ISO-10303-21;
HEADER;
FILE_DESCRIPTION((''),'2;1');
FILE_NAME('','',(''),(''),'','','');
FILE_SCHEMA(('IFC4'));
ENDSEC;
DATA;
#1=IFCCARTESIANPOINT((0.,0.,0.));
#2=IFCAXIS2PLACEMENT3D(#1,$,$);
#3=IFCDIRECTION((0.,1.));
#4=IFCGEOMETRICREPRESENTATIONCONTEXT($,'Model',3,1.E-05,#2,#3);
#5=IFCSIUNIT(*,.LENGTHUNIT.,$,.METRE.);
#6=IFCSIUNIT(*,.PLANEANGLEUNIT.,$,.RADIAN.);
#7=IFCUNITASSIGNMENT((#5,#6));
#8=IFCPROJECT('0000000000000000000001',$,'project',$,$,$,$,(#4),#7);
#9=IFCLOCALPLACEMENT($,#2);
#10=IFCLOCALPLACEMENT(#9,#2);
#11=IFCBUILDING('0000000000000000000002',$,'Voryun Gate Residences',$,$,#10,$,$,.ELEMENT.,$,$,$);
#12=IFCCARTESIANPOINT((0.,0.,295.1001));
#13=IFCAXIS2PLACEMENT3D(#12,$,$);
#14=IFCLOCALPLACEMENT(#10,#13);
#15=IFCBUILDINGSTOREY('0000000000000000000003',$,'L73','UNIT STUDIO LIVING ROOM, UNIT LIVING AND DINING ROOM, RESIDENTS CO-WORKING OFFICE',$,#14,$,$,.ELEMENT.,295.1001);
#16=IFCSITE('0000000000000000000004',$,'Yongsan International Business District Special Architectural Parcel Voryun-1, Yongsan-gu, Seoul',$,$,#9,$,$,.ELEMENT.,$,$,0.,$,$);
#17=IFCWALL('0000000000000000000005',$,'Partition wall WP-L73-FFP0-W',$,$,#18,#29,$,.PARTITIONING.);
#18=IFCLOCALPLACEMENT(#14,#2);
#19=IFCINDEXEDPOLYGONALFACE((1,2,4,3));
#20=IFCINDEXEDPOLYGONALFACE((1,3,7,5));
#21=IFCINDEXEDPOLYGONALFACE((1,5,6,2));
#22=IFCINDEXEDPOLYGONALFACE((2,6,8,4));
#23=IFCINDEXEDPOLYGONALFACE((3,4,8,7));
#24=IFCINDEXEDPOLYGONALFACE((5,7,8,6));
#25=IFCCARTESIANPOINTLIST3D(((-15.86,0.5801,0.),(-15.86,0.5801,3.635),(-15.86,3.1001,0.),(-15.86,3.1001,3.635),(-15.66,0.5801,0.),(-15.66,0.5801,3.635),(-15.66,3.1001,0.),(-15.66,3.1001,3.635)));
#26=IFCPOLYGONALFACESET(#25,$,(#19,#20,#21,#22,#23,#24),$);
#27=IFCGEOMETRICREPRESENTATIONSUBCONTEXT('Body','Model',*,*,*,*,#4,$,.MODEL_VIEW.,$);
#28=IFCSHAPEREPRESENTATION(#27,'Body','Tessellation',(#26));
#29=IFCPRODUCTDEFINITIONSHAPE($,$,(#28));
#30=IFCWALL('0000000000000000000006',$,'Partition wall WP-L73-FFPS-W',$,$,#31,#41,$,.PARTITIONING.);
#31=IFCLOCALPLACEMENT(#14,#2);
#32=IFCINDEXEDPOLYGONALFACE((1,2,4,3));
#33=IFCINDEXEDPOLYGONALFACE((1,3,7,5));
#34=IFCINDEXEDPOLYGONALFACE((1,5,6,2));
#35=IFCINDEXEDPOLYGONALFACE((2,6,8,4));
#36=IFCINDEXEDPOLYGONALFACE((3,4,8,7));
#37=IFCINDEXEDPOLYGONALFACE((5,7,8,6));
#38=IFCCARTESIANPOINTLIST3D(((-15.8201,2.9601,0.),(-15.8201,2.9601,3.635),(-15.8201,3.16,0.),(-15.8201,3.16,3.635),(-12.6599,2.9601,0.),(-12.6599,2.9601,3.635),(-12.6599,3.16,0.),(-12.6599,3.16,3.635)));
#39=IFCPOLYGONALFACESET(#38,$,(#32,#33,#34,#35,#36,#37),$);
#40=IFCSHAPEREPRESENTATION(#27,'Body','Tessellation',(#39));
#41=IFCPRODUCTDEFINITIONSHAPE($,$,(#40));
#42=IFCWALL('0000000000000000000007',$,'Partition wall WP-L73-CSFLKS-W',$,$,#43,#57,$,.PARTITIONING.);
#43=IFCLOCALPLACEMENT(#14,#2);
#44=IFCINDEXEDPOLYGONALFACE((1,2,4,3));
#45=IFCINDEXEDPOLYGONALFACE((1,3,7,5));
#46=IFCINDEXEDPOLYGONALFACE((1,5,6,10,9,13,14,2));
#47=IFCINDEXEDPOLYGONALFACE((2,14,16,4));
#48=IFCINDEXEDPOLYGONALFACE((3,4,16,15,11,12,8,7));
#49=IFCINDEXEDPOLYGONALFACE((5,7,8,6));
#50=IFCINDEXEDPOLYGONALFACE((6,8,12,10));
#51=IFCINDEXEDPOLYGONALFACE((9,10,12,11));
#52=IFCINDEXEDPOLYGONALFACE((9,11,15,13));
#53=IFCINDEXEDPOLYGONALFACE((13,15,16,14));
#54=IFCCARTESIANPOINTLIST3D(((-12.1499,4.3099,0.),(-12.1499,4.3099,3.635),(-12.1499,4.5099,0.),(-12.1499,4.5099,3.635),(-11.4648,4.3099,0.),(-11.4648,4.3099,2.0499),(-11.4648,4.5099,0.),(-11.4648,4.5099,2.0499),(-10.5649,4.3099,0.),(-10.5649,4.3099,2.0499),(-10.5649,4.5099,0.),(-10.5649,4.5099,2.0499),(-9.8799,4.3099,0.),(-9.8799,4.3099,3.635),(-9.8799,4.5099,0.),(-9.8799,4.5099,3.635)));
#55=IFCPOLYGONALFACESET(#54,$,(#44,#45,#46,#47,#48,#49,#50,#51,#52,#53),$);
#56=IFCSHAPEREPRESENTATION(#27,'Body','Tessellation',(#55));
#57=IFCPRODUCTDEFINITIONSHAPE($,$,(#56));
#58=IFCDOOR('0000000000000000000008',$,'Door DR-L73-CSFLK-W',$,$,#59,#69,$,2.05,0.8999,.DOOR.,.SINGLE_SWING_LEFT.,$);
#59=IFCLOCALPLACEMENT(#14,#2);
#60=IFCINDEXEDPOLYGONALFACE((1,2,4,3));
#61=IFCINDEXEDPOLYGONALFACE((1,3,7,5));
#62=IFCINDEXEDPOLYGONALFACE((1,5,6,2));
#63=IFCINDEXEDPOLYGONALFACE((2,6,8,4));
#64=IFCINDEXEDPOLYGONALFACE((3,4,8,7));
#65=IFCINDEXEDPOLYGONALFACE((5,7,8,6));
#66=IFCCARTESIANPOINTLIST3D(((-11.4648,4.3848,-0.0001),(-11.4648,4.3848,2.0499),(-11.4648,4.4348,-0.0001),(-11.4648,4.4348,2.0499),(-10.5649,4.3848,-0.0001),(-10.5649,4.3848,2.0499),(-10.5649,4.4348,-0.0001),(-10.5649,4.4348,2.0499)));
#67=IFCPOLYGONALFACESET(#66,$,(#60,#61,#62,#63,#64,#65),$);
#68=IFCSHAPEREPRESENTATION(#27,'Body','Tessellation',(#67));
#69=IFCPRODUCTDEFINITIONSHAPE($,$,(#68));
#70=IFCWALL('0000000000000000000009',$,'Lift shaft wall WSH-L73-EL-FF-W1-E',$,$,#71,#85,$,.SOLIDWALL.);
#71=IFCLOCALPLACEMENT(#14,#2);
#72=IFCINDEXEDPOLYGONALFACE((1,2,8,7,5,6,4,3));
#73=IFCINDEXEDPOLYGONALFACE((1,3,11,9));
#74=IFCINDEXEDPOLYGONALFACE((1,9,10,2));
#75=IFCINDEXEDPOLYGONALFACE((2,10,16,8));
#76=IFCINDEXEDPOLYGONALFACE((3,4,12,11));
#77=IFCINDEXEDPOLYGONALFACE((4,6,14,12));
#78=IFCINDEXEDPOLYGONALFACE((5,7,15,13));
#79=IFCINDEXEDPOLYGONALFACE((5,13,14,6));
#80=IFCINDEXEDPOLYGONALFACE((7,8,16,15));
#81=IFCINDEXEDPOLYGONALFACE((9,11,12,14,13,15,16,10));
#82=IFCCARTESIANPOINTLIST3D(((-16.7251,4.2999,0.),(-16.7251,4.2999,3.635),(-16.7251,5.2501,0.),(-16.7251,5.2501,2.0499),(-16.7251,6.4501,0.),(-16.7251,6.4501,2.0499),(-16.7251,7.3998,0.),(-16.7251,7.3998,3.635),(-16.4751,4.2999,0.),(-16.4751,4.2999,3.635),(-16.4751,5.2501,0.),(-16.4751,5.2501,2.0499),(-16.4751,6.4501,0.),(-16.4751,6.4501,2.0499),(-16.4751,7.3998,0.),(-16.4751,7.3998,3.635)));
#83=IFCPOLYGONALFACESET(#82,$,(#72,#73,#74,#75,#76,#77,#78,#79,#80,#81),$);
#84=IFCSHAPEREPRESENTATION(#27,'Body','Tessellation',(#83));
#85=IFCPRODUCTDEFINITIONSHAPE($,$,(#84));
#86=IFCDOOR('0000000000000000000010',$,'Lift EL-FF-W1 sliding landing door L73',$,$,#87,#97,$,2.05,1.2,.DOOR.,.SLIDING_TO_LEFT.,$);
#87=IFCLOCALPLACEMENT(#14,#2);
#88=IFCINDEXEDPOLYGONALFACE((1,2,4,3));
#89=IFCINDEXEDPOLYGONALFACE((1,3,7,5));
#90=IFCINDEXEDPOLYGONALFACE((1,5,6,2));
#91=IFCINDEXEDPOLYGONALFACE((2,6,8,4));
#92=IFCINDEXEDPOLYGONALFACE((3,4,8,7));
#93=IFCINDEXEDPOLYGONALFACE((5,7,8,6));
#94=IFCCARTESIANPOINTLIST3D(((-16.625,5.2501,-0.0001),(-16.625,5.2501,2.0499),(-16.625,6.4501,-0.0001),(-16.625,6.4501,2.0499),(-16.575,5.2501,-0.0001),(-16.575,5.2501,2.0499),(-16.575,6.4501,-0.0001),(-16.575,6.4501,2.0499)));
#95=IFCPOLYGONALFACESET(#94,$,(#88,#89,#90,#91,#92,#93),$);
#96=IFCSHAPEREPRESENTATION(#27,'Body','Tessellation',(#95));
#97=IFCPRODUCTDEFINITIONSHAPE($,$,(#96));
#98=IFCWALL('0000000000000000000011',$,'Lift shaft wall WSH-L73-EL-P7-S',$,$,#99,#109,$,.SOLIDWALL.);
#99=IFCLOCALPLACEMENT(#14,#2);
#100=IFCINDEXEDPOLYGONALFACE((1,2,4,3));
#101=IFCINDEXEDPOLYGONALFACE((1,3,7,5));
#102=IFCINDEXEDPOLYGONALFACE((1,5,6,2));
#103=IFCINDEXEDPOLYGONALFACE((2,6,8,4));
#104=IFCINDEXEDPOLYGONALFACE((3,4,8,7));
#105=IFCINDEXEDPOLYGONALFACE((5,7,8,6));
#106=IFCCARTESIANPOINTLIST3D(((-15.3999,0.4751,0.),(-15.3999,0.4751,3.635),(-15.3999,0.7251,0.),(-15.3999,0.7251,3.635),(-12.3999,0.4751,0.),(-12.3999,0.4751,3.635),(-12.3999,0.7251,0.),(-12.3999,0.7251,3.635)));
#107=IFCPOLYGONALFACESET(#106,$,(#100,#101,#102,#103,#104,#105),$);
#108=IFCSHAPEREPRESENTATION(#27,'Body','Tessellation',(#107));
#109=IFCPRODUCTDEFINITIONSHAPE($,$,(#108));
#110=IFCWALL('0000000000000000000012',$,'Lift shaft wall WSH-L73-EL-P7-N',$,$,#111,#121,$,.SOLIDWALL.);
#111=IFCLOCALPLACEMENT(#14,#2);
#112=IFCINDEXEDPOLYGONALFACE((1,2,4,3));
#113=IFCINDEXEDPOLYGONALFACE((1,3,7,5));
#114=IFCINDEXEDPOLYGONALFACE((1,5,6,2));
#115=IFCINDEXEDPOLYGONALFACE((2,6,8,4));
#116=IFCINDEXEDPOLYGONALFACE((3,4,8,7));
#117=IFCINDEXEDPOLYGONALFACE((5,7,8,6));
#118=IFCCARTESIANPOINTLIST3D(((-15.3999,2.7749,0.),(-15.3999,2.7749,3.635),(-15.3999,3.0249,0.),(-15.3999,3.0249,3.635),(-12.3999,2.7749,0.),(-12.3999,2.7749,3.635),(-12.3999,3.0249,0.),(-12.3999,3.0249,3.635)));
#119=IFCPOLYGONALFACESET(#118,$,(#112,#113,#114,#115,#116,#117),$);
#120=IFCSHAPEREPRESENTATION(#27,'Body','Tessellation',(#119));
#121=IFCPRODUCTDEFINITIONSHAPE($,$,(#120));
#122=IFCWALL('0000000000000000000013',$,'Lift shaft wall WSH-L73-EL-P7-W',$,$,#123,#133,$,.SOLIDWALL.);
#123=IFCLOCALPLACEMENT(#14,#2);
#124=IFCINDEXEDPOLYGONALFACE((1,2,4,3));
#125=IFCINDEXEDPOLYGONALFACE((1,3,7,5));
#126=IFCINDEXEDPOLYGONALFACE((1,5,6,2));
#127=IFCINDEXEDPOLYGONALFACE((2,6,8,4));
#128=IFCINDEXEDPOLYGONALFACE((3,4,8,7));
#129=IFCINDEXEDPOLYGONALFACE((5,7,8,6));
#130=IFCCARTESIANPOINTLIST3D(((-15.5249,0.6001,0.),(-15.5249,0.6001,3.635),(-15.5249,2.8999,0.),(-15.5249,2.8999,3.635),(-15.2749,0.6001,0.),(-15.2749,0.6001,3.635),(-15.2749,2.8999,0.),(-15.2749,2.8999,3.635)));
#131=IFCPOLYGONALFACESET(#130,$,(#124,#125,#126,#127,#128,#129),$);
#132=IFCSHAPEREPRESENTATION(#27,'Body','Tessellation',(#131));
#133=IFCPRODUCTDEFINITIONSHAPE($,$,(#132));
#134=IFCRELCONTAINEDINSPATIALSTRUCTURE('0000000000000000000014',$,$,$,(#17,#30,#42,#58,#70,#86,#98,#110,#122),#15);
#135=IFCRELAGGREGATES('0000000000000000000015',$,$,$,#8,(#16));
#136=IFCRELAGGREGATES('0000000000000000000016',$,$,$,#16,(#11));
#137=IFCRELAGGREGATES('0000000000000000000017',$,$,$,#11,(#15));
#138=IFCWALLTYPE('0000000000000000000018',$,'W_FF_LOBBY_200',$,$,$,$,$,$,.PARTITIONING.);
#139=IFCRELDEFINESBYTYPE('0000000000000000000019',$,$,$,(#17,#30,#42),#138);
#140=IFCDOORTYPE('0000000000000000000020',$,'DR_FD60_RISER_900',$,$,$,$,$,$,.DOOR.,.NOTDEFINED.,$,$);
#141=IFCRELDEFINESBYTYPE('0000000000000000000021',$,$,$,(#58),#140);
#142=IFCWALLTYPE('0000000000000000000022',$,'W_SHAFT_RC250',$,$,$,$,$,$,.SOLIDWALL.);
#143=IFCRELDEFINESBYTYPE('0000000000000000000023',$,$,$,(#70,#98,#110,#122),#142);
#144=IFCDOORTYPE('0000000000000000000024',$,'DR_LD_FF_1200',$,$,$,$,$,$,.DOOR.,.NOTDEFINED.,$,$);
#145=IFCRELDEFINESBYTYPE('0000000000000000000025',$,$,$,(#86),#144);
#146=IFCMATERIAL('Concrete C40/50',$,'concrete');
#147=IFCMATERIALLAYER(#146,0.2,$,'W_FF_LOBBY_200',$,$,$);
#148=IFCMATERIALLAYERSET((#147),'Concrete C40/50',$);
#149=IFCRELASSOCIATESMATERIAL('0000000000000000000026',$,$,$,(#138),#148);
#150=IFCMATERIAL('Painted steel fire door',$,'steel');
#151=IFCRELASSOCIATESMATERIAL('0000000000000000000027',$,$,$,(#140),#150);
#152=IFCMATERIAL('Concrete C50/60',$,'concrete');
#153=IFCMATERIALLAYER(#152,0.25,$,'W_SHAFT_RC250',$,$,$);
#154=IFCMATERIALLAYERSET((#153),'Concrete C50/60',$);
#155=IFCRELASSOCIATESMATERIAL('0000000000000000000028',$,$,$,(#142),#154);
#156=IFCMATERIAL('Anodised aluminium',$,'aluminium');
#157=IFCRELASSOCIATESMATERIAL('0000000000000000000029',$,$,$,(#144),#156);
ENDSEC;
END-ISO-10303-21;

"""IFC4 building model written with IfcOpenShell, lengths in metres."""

from ifc_helpers import new_model, si_unit, direction, frame, frame_2d, origin, place, context, subcontext, project, spatial, rectangle, extrude, material, layer, layer_set, type_object, element, fill, save


model = new_model("IFC4")

# Units and contexts
model_context = context("Model", 3, precision=1e-05, world=origin(), true_north=direction((0.0, 1.0)))
body_context = subcontext(model_context, "Body", "Model", "MODEL_VIEW")
ifc_project = project(units=[si_unit("LENGTHUNIT", "METRE"), si_unit("PLANEANGLEUNIT", "RADIAN")], contexts=[model_context])

# Site, building, storey
site_placement = place(None, origin())
site = spatial("IfcSite", under=ifc_project, at=site_placement, Name="Yongsan International Business District Special Architectural Parcel Voryun-1, Yongsan-gu, Seoul", CompositionType="ELEMENT", RefElevation=0.0)
building_placement = place(site_placement, origin())
building = spatial("IfcBuilding", under=site, at=building_placement, Name="Voryun Gate Residences", CompositionType="ELEMENT")
storey_placement = place(building_placement, frame((0.0, 0.0, 295.1001)))
storey = spatial("IfcBuildingStorey", under=building, at=storey_placement, Name="L73", Description="UNIT STUDIO LIVING ROOM, UNIT LIVING AND DINING ROOM, RESIDENTS CO-WORKING OFFICE", CompositionType="ELEMENT", Elevation=295.1001)

# Walls
ifc_material_1 = material(Name="Concrete C40/50", Category="concrete")
ifc_layer_1 = layer(ifc_material_1, 0.2, Name="W_FF_LOBBY_200")
ifc_layer_set_1 = layer_set([ifc_layer_1], Name="Concrete C40/50")
wall_type_1 = type_object("IfcWallType", Name="W_FF_LOBBY_200", PredefinedType="PARTITIONING", material=ifc_layer_set_1)
wall_1_placement = place(storey_placement, frame((-15.76, 0.5801, 0.0), z_axis=(0.0, 0.0, 1.0), x_axis=(0.0, 1.0, 0.0)))
element("IfcWall", 1, at=wall_1_placement, inside=storey, type_object=wall_type_1, Name="Partition wall WP-L73-FFP0-W", PredefinedType="PARTITIONING", context=body_context, shape_type="SweptSolid", body=[
    extrude(rectangle(XDim=2.52, YDim=0.2, at=frame_2d((1.26, 0.0))), origin(), (0.0, 0.0, 1.0), 3.635),
])
wall_2_placement = place(storey_placement, frame((-15.8201, 3.0601, 0.0), z_axis=(0.0, 0.0, 1.0), x_axis=(1.0, 0.0, 0.0)))
element("IfcWall", 2, at=wall_2_placement, inside=storey, type_object=wall_type_1, Name="Partition wall WP-L73-FFPS-W", PredefinedType="PARTITIONING", context=body_context, shape_type="SweptSolid", body=[
    extrude(rectangle(XDim=3.1602, YDim=0.2, at=frame_2d((1.5801, 0.0))), origin(), (0.0, 0.0, 1.0), 3.635),
])

# Walls, openings, doors
wall_3_placement = place(storey_placement, frame((-12.1499, 4.4099, 0.0), z_axis=(0.0, 0.0, 1.0), x_axis=(1.0, 0.0, 0.0)))
wall_3 = element("IfcWall", 3, at=wall_3_placement, inside=storey, type_object=wall_type_1, Name="Partition wall WP-L73-CSFLKS-W", PredefinedType="PARTITIONING", context=body_context, shape_type="SweptSolid", body=[
    extrude(rectangle(XDim=2.27, YDim=0.2, at=frame_2d((1.135, 0.0))), origin(), (0.0, 0.0, 1.0), 3.635),
])
opening_1_placement = place(wall_3_placement, frame((0.6851, 0.0, 0.0)))
opening_1 = element("IfcOpeningElement", 4, at=opening_1_placement, cuts=wall_3, PredefinedType="OPENING", context=body_context, shape_type="SweptSolid", body=[
    extrude(rectangle(XDim=0.8999, YDim=2.05, at=frame_2d((0.45, 1.0249))), frame((0.0, 0.1101, 0.0), z_axis=(0.0, -1.0, 0.0), x_axis=(1.0, 0.0, 0.0)), (0.0, 0.0, 1.0), 0.22),
])
ifc_material_2 = material(Name="Painted steel fire door", Category="steel")
door_type_1 = type_object("IfcDoorType", Name="DR_FD60_RISER_900", OperationType="NOTDEFINED", PredefinedType="DOOR", material=ifc_material_2)
door_1_placement = place(opening_1_placement, origin())
door_1 = element("IfcDoor", 5, at=door_1_placement, inside=storey, type_object=door_type_1, Name="Door DR-L73-CSFLK-W", OperationType="SINGLE_SWING_LEFT", OverallHeight=2.05, OverallWidth=0.8999, PredefinedType="DOOR", context=body_context, shape_type="SweptSolid", body=[
    extrude(rectangle(XDim=0.8999, YDim=2.05, at=frame_2d((0.45, 1.0249))), frame((0.0, 0.0249, 0.0), z_axis=(0.0, -1.0, 0.0), x_axis=(1.0, 0.0, 0.0)), (0.0, 0.0, 1.0), 0.05),
])
fill(opening_1, door_1)
ifc_material_3 = material(Name="Concrete C50/60", Category="concrete")
ifc_layer_2 = layer(ifc_material_3, 0.25, Name="W_SHAFT_RC250")
ifc_layer_set_2 = layer_set([ifc_layer_2], Name="Concrete C50/60")
wall_type_2 = type_object("IfcWallType", Name="W_SHAFT_RC250", PredefinedType="SOLIDWALL", material=ifc_layer_set_2)
wall_4_placement = place(storey_placement, frame((-16.6001, 4.3, 0.0), z_axis=(0.0, 0.0, 1.0), x_axis=(0.0, 1.0, 0.0)))
wall_4 = element("IfcWall", 6, at=wall_4_placement, inside=storey, type_object=wall_type_2, Name="Lift shaft wall WSH-L73-EL-FF-W1-E", PredefinedType="SOLIDWALL", context=body_context, shape_type="SweptSolid", body=[
    extrude(rectangle(XDim=3.0999, YDim=0.25, at=frame_2d((1.5498, 0.0))), origin(), (0.0, 0.0, 1.0), 3.635),
])
opening_2_placement = place(wall_4_placement, frame((0.95, 0.0, 0.0)))
opening_2 = element("IfcOpeningElement", 7, at=opening_2_placement, cuts=wall_4, PredefinedType="OPENING", context=body_context, shape_type="SweptSolid", body=[
    extrude(rectangle(XDim=1.2, YDim=2.05, at=frame_2d((0.6001, 1.0249))), frame((0.0, 0.135, 0.0), z_axis=(0.0, -1.0, 0.0), x_axis=(1.0, 0.0, 0.0)), (0.0, 0.0, 1.0), 0.27),
])
ifc_material_4 = material(Name="Anodised aluminium", Category="aluminium")
door_type_2 = type_object("IfcDoorType", Name="DR_LD_FF_1200", OperationType="NOTDEFINED", PredefinedType="DOOR", material=ifc_material_4)
door_2_placement = place(opening_2_placement, origin())
door_2 = element("IfcDoor", 8, at=door_2_placement, inside=storey, type_object=door_type_2, Name="Lift EL-FF-W1 sliding landing door L73", OperationType="SLIDING_TO_LEFT", OverallHeight=2.05, OverallWidth=1.2, PredefinedType="DOOR", context=body_context, shape_type="SweptSolid", body=[
    extrude(rectangle(XDim=1.2, YDim=2.05, at=frame_2d((0.6001, 1.0249))), frame((0.0, 0.0249, 0.0), z_axis=(0.0, -1.0, 0.0), x_axis=(1.0, 0.0, 0.0)), (0.0, 0.0, 1.0), 0.05),
])
fill(opening_2, door_2)

# Walls
for number, where, z_axis, x_axis, name in (
    (9, (-15.3999, 0.6001, 0.0), (0.0, 0.0, 1.0), (1.0, 0.0, 0.0), "Lift shaft wall WSH-L73-EL-P7-S"),
    (10, (-12.3999, 2.8999, 0.0), (0.0, 0.0, 1.0), (-1.0, 0.0, 0.0), "Lift shaft wall WSH-L73-EL-P7-N"),
):
    element("IfcWall", number, at=place(storey_placement, frame(where, z_axis=z_axis, x_axis=x_axis)), inside=storey, type_object=wall_type_2, Name=name, PredefinedType="SOLIDWALL", context=body_context, shape_type="SweptSolid", body=[
        extrude(rectangle(XDim=3.0, YDim=0.25, at=frame_2d((1.5, 0.0))), origin(), (0.0, 0.0, 1.0), 3.635),
    ])
wall_5_placement = place(storey_placement, frame((-15.3999, 2.8999, 0.0), z_axis=(0.0, 0.0, 1.0), x_axis=(0.0, -1.0, 0.0)))
element("IfcWall", 11, at=wall_5_placement, inside=storey, type_object=wall_type_2, Name="Lift shaft wall WSH-L73-EL-P7-W", PredefinedType="SOLIDWALL", context=body_context, shape_type="SweptSolid", body=[
    extrude(rectangle(XDim=2.2998, YDim=0.25, at=frame_2d((1.1499, 0.0))), origin(), (0.0, 0.0, 1.0), 3.635),
])

save(model, "model.ifc")
